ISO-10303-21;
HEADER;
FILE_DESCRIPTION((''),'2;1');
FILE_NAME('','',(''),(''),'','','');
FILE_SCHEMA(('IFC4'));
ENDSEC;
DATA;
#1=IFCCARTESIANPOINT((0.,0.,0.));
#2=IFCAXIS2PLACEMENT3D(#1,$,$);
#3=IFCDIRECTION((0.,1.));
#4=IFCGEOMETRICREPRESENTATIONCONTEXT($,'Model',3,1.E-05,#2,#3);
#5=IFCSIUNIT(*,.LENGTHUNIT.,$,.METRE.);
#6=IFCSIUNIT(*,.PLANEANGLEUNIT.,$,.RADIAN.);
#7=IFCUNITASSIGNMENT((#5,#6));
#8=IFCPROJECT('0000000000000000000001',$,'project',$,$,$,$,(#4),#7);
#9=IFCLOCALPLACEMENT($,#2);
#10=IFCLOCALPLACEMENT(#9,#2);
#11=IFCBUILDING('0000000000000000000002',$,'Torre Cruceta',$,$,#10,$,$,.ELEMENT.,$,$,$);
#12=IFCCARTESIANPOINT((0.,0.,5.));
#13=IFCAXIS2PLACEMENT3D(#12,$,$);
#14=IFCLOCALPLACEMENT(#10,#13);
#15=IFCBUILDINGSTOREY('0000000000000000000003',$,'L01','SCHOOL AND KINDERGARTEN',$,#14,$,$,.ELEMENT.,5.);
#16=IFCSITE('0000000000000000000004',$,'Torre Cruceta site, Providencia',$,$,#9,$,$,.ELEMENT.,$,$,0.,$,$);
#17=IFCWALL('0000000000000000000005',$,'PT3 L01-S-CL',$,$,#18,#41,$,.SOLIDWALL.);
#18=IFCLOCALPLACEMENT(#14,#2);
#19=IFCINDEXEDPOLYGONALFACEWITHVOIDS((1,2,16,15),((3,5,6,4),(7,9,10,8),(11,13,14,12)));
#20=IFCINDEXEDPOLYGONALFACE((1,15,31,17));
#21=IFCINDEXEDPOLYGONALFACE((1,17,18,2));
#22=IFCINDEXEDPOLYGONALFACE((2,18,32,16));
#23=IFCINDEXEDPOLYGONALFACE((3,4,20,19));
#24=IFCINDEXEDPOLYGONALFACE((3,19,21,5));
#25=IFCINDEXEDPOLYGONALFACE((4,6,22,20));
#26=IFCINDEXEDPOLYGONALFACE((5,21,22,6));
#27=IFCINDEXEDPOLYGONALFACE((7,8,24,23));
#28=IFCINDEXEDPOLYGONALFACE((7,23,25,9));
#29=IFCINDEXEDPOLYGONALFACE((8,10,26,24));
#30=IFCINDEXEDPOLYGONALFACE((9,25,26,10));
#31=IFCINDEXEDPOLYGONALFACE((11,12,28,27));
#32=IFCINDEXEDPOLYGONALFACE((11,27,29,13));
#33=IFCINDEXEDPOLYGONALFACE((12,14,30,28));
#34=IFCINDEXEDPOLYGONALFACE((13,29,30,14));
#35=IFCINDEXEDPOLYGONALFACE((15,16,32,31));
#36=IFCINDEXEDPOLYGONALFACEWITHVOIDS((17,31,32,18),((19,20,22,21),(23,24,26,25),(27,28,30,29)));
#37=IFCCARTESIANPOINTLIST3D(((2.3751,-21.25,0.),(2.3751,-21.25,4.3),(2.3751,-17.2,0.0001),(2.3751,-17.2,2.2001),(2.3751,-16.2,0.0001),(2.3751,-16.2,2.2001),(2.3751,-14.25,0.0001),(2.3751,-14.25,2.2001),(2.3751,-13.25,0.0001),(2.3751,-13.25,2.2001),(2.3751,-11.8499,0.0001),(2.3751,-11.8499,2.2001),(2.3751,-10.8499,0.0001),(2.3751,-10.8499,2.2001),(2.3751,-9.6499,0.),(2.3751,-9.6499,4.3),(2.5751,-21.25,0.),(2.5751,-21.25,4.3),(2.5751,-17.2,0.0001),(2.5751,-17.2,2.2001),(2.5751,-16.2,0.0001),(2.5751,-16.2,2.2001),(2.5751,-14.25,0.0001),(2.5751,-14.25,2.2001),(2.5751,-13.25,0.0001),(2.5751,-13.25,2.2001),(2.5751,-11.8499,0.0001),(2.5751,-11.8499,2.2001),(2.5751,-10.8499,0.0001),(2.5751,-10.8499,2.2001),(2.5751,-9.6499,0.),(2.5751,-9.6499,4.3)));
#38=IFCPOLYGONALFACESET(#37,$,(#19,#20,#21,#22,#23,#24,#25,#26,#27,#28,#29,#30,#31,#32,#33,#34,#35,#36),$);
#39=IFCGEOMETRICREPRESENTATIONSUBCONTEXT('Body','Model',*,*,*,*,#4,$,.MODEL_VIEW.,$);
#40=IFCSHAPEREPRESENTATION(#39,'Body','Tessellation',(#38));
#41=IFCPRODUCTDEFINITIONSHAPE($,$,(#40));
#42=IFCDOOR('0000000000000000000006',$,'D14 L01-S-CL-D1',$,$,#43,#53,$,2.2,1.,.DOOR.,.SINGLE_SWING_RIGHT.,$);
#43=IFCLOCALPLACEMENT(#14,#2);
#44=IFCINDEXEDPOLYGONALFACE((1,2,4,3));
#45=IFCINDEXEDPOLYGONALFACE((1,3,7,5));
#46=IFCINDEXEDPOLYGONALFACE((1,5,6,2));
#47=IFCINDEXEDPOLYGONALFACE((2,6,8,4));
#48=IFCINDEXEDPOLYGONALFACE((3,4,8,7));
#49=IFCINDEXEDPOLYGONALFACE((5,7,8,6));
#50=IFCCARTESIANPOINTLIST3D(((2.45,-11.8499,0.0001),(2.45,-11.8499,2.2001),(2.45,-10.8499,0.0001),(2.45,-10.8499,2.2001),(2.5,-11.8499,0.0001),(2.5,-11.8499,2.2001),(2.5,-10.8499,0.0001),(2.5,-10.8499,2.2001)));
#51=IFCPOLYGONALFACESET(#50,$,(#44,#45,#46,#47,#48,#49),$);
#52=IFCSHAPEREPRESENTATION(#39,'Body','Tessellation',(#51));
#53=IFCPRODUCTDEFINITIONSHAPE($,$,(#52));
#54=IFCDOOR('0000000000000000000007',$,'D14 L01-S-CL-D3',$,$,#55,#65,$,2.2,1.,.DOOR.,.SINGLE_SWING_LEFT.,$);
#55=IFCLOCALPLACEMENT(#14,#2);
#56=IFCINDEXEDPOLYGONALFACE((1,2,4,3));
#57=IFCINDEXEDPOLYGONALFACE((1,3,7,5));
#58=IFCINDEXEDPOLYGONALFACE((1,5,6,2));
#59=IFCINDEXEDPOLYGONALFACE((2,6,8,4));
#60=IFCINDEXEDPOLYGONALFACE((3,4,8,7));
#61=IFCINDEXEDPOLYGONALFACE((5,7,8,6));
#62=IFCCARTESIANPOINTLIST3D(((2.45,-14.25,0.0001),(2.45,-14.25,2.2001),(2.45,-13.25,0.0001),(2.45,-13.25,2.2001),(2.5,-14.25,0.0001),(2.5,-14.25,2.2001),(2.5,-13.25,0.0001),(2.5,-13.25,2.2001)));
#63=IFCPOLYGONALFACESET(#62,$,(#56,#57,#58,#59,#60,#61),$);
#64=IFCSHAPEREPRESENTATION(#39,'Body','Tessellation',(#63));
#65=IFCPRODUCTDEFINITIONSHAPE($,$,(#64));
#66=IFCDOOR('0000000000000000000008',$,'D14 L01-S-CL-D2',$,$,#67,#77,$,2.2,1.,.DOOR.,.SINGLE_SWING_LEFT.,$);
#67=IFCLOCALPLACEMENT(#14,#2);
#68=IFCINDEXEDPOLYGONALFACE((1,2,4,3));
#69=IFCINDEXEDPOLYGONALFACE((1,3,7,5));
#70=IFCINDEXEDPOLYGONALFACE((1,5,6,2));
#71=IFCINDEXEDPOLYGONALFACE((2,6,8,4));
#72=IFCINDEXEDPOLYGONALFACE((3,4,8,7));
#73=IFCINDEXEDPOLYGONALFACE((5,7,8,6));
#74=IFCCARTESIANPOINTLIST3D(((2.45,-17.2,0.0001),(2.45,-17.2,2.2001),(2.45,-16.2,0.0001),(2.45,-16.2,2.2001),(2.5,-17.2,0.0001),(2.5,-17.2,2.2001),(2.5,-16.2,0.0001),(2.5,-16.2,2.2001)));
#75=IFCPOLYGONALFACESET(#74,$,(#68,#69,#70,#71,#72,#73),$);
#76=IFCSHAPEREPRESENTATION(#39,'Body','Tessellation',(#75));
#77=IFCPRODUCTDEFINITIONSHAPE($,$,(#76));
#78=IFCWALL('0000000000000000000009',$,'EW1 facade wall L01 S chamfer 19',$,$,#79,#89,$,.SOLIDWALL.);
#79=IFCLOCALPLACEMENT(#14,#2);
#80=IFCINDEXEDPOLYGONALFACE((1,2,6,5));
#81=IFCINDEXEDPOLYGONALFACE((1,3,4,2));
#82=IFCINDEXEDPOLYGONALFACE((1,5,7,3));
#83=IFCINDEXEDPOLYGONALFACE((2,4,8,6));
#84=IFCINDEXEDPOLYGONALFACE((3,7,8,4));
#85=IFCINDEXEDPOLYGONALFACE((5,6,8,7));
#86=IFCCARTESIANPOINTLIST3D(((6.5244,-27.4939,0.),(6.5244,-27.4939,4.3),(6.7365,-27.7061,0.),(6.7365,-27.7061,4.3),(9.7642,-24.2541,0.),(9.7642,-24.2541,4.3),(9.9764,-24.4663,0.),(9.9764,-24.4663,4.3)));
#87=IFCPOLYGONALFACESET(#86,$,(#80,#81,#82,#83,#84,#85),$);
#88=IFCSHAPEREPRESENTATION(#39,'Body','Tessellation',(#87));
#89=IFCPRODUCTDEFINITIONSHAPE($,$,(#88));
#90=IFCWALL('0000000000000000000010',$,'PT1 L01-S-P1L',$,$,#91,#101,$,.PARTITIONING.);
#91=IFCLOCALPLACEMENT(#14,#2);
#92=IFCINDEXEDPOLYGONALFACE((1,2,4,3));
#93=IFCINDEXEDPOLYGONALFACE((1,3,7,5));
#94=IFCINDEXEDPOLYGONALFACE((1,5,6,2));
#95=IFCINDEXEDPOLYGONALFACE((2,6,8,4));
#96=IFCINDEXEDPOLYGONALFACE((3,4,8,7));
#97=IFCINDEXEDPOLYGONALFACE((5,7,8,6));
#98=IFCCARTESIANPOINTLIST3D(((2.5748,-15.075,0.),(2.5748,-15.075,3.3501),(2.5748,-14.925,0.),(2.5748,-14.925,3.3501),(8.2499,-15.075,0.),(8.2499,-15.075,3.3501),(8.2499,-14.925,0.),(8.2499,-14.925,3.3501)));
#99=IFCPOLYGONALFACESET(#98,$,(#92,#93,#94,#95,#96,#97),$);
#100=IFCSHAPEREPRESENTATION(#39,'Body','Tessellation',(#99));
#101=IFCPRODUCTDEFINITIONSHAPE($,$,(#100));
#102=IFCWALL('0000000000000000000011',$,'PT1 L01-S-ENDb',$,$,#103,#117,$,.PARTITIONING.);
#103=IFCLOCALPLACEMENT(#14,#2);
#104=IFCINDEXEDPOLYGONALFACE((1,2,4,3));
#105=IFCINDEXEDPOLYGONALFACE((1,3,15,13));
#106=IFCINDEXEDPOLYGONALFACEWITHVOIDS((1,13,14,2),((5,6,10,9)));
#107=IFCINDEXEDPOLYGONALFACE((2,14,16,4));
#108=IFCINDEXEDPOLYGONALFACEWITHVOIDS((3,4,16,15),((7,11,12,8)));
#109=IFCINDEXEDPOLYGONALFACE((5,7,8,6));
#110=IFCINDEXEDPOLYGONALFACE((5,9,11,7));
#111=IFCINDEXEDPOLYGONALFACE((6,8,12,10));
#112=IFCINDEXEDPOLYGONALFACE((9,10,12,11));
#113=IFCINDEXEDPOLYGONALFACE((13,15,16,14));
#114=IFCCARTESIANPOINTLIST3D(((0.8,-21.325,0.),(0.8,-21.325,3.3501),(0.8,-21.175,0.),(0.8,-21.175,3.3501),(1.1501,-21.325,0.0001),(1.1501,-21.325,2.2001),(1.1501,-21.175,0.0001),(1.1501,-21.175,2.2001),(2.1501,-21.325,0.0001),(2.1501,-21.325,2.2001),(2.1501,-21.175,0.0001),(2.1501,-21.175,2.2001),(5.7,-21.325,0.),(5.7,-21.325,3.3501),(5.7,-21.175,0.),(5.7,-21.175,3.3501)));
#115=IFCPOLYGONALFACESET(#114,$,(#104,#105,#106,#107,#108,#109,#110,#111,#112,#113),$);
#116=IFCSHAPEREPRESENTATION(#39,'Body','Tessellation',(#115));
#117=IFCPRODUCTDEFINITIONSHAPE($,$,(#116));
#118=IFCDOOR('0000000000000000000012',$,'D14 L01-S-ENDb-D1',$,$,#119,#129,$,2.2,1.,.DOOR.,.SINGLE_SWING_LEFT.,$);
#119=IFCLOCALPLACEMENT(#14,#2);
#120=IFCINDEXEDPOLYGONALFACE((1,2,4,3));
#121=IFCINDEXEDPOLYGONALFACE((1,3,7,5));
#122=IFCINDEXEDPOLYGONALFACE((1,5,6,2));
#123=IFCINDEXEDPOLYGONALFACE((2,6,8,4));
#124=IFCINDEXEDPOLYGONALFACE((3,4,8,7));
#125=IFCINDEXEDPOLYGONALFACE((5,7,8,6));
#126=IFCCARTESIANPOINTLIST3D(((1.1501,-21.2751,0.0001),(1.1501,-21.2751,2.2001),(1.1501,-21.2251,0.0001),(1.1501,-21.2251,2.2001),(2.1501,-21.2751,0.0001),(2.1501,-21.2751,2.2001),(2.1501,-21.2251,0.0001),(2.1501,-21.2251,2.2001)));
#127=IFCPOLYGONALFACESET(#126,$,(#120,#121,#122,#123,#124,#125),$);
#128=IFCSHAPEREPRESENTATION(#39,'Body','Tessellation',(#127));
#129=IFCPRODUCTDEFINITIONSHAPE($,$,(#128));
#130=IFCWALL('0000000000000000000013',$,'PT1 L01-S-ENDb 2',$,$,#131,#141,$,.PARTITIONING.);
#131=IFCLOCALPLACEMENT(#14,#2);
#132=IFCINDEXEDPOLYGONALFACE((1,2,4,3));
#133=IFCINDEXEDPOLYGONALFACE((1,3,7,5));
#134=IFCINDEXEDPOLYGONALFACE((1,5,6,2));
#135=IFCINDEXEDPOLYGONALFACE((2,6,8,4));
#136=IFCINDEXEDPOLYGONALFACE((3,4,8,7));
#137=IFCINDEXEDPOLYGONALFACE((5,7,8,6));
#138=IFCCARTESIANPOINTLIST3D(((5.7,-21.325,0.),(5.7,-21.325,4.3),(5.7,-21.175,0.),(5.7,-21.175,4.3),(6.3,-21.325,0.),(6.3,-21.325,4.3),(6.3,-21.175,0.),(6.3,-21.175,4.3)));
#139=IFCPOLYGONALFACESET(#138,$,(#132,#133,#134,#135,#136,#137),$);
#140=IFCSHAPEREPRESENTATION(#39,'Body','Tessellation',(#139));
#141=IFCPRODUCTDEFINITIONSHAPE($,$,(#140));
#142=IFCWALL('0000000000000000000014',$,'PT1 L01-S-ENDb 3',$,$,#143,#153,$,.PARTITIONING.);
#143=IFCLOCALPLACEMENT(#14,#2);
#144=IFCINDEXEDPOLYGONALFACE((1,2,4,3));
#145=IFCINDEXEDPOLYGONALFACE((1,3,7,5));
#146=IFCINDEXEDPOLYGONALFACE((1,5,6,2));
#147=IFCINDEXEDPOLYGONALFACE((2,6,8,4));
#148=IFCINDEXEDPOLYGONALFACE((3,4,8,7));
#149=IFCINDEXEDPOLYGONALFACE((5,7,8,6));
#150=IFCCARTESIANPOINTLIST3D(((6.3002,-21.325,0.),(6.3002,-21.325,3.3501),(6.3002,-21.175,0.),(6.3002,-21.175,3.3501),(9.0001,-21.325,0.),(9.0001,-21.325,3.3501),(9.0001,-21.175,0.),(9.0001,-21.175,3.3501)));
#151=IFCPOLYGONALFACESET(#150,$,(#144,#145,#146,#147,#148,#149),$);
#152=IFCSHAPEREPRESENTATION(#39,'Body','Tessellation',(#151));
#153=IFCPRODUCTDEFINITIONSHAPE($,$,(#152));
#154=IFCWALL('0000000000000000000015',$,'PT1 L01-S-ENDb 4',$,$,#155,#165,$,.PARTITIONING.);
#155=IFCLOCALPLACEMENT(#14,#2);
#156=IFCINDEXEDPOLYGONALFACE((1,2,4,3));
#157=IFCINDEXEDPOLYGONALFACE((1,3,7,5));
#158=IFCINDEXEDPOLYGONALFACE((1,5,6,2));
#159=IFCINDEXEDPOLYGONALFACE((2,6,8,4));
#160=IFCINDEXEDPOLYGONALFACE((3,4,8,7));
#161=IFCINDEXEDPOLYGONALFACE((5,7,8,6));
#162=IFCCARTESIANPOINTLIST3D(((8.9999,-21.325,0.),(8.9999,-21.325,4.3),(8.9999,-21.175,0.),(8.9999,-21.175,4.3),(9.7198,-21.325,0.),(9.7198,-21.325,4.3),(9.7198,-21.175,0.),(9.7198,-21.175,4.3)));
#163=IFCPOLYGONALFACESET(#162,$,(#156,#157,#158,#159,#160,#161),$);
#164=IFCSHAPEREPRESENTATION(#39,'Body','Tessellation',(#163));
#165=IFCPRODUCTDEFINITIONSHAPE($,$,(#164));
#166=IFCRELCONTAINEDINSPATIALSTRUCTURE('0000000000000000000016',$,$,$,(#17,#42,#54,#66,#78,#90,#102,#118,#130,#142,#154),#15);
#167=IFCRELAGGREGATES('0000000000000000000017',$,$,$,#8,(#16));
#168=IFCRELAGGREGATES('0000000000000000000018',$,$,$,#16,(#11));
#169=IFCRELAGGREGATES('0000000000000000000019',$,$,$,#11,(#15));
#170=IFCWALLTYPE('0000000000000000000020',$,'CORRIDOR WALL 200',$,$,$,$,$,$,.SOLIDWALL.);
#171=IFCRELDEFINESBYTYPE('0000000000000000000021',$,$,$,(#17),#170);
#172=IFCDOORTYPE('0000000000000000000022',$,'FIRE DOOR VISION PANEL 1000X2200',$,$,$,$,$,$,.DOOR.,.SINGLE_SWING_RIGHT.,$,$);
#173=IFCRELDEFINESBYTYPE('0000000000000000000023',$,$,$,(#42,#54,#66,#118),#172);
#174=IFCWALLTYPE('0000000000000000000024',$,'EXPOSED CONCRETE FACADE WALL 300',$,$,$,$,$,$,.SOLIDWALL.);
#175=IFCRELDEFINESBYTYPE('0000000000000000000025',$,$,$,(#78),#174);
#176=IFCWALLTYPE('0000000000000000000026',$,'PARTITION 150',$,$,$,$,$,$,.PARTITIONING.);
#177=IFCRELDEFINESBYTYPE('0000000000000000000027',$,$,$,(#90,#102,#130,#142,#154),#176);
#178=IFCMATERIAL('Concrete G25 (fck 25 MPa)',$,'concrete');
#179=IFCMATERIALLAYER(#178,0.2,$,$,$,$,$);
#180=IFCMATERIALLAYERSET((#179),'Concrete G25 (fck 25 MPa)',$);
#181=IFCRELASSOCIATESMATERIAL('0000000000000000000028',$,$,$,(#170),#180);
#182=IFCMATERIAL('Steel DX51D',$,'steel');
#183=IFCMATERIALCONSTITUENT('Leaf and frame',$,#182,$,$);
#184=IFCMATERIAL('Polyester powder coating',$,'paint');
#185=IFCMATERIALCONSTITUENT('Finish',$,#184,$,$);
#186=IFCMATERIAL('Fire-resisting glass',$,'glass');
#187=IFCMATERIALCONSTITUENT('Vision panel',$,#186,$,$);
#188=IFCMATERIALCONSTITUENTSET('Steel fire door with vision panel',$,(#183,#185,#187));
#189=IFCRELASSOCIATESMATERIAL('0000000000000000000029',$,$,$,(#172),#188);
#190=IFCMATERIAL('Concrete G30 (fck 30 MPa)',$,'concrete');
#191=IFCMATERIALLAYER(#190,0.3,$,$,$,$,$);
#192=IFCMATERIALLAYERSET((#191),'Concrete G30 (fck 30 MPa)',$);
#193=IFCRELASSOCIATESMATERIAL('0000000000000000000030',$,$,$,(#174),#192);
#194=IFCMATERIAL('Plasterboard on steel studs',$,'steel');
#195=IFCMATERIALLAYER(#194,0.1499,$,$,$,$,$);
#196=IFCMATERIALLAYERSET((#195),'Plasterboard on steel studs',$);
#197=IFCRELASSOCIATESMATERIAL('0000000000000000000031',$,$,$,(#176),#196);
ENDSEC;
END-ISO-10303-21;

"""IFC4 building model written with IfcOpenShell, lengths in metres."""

from ifc_helpers import new_model, si_unit, direction, frame, frame_2d, origin, place, context, subcontext, project, spatial, rectangle, extrude, material, layer, layer_set, constituent, constituent_set, type_object, element, fill, save


model = new_model("IFC4")

# Units and contexts
model_context = context("Model", 3, precision=1e-05, world=origin(), true_north=direction((0.0, 1.0)))
body_context = subcontext(model_context, "Body", "Model", "MODEL_VIEW")
ifc_project = project(units=[si_unit("LENGTHUNIT", "METRE"), si_unit("PLANEANGLEUNIT", "RADIAN")], contexts=[model_context])

# Site, building, storey
site_placement = place(None, origin())
site = spatial("IfcSite", under=ifc_project, at=site_placement, Name="Torre Cruceta site, Providencia", CompositionType="ELEMENT", RefElevation=0.0)
building_placement = place(site_placement, origin())
building = spatial("IfcBuilding", under=site, at=building_placement, Name="Torre Cruceta", CompositionType="ELEMENT")
storey_placement = place(building_placement, frame((0.0, 0.0, 5.0)))
storey = spatial("IfcBuildingStorey", under=building, at=storey_placement, Name="L01", Description="SCHOOL AND KINDERGARTEN", CompositionType="ELEMENT", Elevation=5.0)

# Wall, openings, doors
ifc_material_1 = material(Name="Concrete G25 (fck 25 MPa)", Category="concrete")
ifc_layer_1 = layer(ifc_material_1, 0.2)
ifc_layer_set_1 = layer_set([ifc_layer_1], Name="Concrete G25 (fck 25 MPa)")
wall_type_1 = type_object("IfcWallType", Name="CORRIDOR WALL 200", PredefinedType="SOLIDWALL", material=ifc_layer_set_1)
wall_1_placement = place(storey_placement, frame((2.4751, -9.6499, 0.0), z_axis=(0.0, 0.0, 1.0), x_axis=(0.0, -1.0, 0.0)))
wall_1 = element("IfcWall", 1, at=wall_1_placement, inside=storey, type_object=wall_type_1, Name="PT3 L01-S-CL", PredefinedType="SOLIDWALL", context=body_context, shape_type="SweptSolid", body=[
    extrude(rectangle(XDim=11.6001, YDim=0.2, at=frame_2d((5.8, 0.0))), origin(), (0.0, 0.0, 1.0), 4.3),
])
opening_1_placement = place(wall_1_placement, frame((1.2, 0.0, 0.0)))
opening_1 = element("IfcOpeningElement", 2, at=opening_1_placement, cuts=wall_1, PredefinedType="OPENING", context=body_context, shape_type="SweptSolid", body=[
    extrude(rectangle(XDim=1.0, YDim=2.2, at=frame_2d((0.5, 1.1001))), frame((0.0, 0.1099, 0.0), z_axis=(0.0, -1.0, 0.0), x_axis=(1.0, 0.0, 0.0)), (0.0, 0.0, 1.0), 0.22),
])
opening_2_placement = place(wall_1_placement, frame((3.6001, 0.0, 0.0)))
opening_2 = element("IfcOpeningElement", 3, at=opening_2_placement, cuts=wall_1, PredefinedType="OPENING", context=body_context, shape_type="SweptSolid", body=[
    extrude(rectangle(XDim=1.0, YDim=2.2, at=frame_2d((0.5, 1.1001))), frame((0.0, 0.1099, 0.0), z_axis=(0.0, -1.0, 0.0), x_axis=(1.0, 0.0, 0.0)), (0.0, 0.0, 1.0), 0.22),
])
opening_3_placement = place(wall_1_placement, frame((6.55, 0.0, 0.0)))
opening_3 = element("IfcOpeningElement", 4, at=opening_3_placement, cuts=wall_1, PredefinedType="OPENING", context=body_context, shape_type="SweptSolid", body=[
    extrude(rectangle(XDim=1.0, YDim=2.2, at=frame_2d((0.5, 1.1001))), frame((0.0, 0.1099, 0.0), z_axis=(0.0, -1.0, 0.0), x_axis=(1.0, 0.0, 0.0)), (0.0, 0.0, 1.0), 0.22),
])
ifc_material_2 = material(Name="Steel DX51D", Category="steel")
ifc_constituent_1 = constituent(ifc_material_2, Name="Leaf and frame")
ifc_material_3 = material(Name="Polyester powder coating", Category="paint")
ifc_constituent_2 = constituent(ifc_material_3, Name="Finish")
ifc_material_4 = material(Name="Fire-resisting glass", Category="glass")
ifc_constituent_3 = constituent(ifc_material_4, Name="Vision panel")
ifc_constituent_set = constituent_set(constituents=[ifc_constituent_1, ifc_constituent_2, ifc_constituent_3], Name="Steel fire door with vision panel")
door_type = type_object("IfcDoorType", Name="FIRE DOOR VISION PANEL 1000X2200", OperationType="SINGLE_SWING_RIGHT", PredefinedType="DOOR", material=ifc_constituent_set)
door_1_placement = place(opening_1_placement, origin())
door_1 = element("IfcDoor", 5, at=door_1_placement, inside=storey, type_object=door_type, Name="D14 L01-S-CL-D1", OperationType="SINGLE_SWING_RIGHT", OverallHeight=2.2, OverallWidth=1.0, PredefinedType="DOOR", context=body_context, shape_type="SweptSolid", body=[
    extrude(rectangle(XDim=1.0, YDim=2.2, at=frame_2d((0.5, 1.1001))), frame((0.0, 0.0249, 0.0), z_axis=(0.0, -1.0, 0.0), x_axis=(1.0, 0.0, 0.0)), (0.0, 0.0, 1.0), 0.05),
])
fill(opening_1, door_1)
door_2_placement = place(opening_2_placement, origin())
door_2 = element("IfcDoor", 6, at=door_2_placement, inside=storey, type_object=door_type, Name="D14 L01-S-CL-D3", OperationType="SINGLE_SWING_LEFT", OverallHeight=2.2, OverallWidth=1.0, PredefinedType="DOOR", context=body_context, shape_type="SweptSolid", body=[
    extrude(rectangle(XDim=1.0, YDim=2.2, at=frame_2d((0.5, 1.1001))), frame((0.0, 0.0249, 0.0), z_axis=(0.0, -1.0, 0.0), x_axis=(1.0, 0.0, 0.0)), (0.0, 0.0, 1.0), 0.05),
])
fill(opening_2, door_2)
door_3_placement = place(opening_3_placement, origin())
door_3 = element("IfcDoor", 7, at=door_3_placement, inside=storey, type_object=door_type, Name="D14 L01-S-CL-D2", OperationType="SINGLE_SWING_LEFT", OverallHeight=2.2, OverallWidth=1.0, PredefinedType="DOOR", context=body_context, shape_type="SweptSolid", body=[
    extrude(rectangle(XDim=1.0, YDim=2.2, at=frame_2d((0.5, 1.1001))), frame((0.0, 0.0249, 0.0), z_axis=(0.0, -1.0, 0.0), x_axis=(1.0, 0.0, 0.0)), (0.0, 0.0, 1.0), 0.05),
])
fill(opening_3, door_3)

# Walls
ifc_material_5 = material(Name="Concrete G30 (fck 30 MPa)", Category="concrete")
ifc_layer_2 = layer(ifc_material_5, 0.3)
ifc_layer_set_2 = layer_set([ifc_layer_2], Name="Concrete G30 (fck 30 MPa)")
wall_type_2 = type_object("IfcWallType", Name="EXPOSED CONCRETE FACADE WALL 300", PredefinedType="SOLIDWALL", material=ifc_layer_set_2)
wall_2_placement = place(storey_placement, frame((6.6304, -27.6001, 0.0), z_axis=(0.0, 0.0, 1.0), x_axis=(0.707107, 0.707107, 0.0)))
element("IfcWall", 8, at=wall_2_placement, inside=storey, type_object=wall_type_2, Name="EW1 facade wall L01 S chamfer 19", PredefinedType="SOLIDWALL", context=body_context, shape_type="SweptSolid", body=[
    extrude(rectangle(XDim=4.5818, YDim=0.3, at=frame_2d((2.291, 0.0))), origin(), (0.0, 0.0, 1.0), 4.3),
])
ifc_material_6 = material(Name="Plasterboard on steel studs", Category="steel")
ifc_layer_3 = layer(ifc_material_6, 0.1499)
ifc_layer_set_3 = layer_set([ifc_layer_3], Name="Plasterboard on steel studs")
wall_type_3 = type_object("IfcWallType", Name="PARTITION 150", PredefinedType="PARTITIONING", material=ifc_layer_set_3)
wall_3_placement = place(storey_placement, frame((2.575, -15.0, 0.0), z_axis=(0.0, 0.0, 1.0), x_axis=(1.0, 0.0, 0.0)))
element("IfcWall", 9, at=wall_3_placement, inside=storey, type_object=wall_type_3, Name="PT1 L01-S-P1L", PredefinedType="PARTITIONING", context=body_context, shape_type="SweptSolid", body=[
    extrude(rectangle(XDim=5.675, YDim=0.1499, at=frame_2d((2.8374, 0.0))), origin(), (0.0, 0.0, 1.0), 3.3501),
])

# Wall, opening, door
wall_4_placement = place(storey_placement, frame((0.8, -21.25, 0.0), z_axis=(0.0, 0.0, 1.0), x_axis=(1.0, 0.0, 0.0)))
wall_4 = element("IfcWall", 10, at=wall_4_placement, inside=storey, type_object=wall_type_3, Name="PT1 L01-S-ENDb", PredefinedType="PARTITIONING", context=body_context, shape_type="SweptSolid", body=[
    extrude(rectangle(XDim=4.8999, YDim=0.1499, at=frame_2d((2.45, 0.0))), origin(), (0.0, 0.0, 1.0), 3.3501),
])
opening_4_placement = place(wall_4_placement, frame((0.3501, 0.0, 0.0)))
opening_4 = element("IfcOpeningElement", 11, at=opening_4_placement, cuts=wall_4, PredefinedType="OPENING", context=body_context, shape_type="SweptSolid", body=[
    extrude(rectangle(XDim=1.0, YDim=2.2, at=frame_2d((0.5, 1.1001))), frame((0.0, 0.085, 0.0), z_axis=(0.0, -1.0, 0.0), x_axis=(1.0, 0.0, 0.0)), (0.0, 0.0, 1.0), 0.1699),
])
door_4_placement = place(opening_4_placement, frame((1.0, 0.0, 0.0), z_axis=(0.0, 0.0, 1.0), x_axis=(-1.0, 0.0, 0.0)))
door_4 = element("IfcDoor", 12, at=door_4_placement, inside=storey, type_object=door_type, Name="D14 L01-S-ENDb-D1", OperationType="SINGLE_SWING_LEFT", OverallHeight=2.2, OverallWidth=1.0, PredefinedType="DOOR", context=body_context, shape_type="SweptSolid", body=[
    extrude(rectangle(XDim=1.0, YDim=2.2, at=frame_2d((0.5, 1.1001))), frame((0.0, 0.0251, 0.0), z_axis=(0.0, -1.0, 0.0), x_axis=(1.0, 0.0, 0.0)), (0.0, 0.0, 1.0), 0.05),
])
fill(opening_4, door_4)

# Walls
wall_5_placement = place(storey_placement, frame((5.7, -21.25, 0.0), z_axis=(0.0, 0.0, 1.0), x_axis=(1.0, 0.0, 0.0)))
element("IfcWall", 13, at=wall_5_placement, inside=storey, type_object=wall_type_3, Name="PT1 L01-S-ENDb 2", PredefinedType="PARTITIONING", context=body_context, shape_type="SweptSolid", body=[
    extrude(rectangle(XDim=0.6001, YDim=0.1499, at=frame_2d((0.3, 0.0))), origin(), (0.0, 0.0, 1.0), 4.3),
])
wall_6_placement = place(storey_placement, frame((6.3, -21.25, 0.0), z_axis=(0.0, 0.0, 1.0), x_axis=(1.0, 0.0, 0.0)))
element("IfcWall", 14, at=wall_6_placement, inside=storey, type_object=wall_type_3, Name="PT1 L01-S-ENDb 3", PredefinedType="PARTITIONING", context=body_context, shape_type="SweptSolid", body=[
    extrude(rectangle(XDim=2.7, YDim=0.1499, at=frame_2d((1.3501, 0.0))), origin(), (0.0, 0.0, 1.0), 3.3501),
])
wall_7_placement = place(storey_placement, frame((9.0, -21.25, 0.0), z_axis=(0.0, 0.0, 1.0), x_axis=(1.0, 0.0, 0.0)))
element("IfcWall", 15, at=wall_7_placement, inside=storey, type_object=wall_type_3, Name="PT1 L01-S-ENDb 4", PredefinedType="PARTITIONING", context=body_context, shape_type="SweptSolid", body=[
    extrude(rectangle(XDim=0.72, YDim=0.1499, at=frame_2d((0.3599, 0.0))), origin(), (0.0, 0.0, 1.0), 4.3),
])

save(model, "model.ifc")
